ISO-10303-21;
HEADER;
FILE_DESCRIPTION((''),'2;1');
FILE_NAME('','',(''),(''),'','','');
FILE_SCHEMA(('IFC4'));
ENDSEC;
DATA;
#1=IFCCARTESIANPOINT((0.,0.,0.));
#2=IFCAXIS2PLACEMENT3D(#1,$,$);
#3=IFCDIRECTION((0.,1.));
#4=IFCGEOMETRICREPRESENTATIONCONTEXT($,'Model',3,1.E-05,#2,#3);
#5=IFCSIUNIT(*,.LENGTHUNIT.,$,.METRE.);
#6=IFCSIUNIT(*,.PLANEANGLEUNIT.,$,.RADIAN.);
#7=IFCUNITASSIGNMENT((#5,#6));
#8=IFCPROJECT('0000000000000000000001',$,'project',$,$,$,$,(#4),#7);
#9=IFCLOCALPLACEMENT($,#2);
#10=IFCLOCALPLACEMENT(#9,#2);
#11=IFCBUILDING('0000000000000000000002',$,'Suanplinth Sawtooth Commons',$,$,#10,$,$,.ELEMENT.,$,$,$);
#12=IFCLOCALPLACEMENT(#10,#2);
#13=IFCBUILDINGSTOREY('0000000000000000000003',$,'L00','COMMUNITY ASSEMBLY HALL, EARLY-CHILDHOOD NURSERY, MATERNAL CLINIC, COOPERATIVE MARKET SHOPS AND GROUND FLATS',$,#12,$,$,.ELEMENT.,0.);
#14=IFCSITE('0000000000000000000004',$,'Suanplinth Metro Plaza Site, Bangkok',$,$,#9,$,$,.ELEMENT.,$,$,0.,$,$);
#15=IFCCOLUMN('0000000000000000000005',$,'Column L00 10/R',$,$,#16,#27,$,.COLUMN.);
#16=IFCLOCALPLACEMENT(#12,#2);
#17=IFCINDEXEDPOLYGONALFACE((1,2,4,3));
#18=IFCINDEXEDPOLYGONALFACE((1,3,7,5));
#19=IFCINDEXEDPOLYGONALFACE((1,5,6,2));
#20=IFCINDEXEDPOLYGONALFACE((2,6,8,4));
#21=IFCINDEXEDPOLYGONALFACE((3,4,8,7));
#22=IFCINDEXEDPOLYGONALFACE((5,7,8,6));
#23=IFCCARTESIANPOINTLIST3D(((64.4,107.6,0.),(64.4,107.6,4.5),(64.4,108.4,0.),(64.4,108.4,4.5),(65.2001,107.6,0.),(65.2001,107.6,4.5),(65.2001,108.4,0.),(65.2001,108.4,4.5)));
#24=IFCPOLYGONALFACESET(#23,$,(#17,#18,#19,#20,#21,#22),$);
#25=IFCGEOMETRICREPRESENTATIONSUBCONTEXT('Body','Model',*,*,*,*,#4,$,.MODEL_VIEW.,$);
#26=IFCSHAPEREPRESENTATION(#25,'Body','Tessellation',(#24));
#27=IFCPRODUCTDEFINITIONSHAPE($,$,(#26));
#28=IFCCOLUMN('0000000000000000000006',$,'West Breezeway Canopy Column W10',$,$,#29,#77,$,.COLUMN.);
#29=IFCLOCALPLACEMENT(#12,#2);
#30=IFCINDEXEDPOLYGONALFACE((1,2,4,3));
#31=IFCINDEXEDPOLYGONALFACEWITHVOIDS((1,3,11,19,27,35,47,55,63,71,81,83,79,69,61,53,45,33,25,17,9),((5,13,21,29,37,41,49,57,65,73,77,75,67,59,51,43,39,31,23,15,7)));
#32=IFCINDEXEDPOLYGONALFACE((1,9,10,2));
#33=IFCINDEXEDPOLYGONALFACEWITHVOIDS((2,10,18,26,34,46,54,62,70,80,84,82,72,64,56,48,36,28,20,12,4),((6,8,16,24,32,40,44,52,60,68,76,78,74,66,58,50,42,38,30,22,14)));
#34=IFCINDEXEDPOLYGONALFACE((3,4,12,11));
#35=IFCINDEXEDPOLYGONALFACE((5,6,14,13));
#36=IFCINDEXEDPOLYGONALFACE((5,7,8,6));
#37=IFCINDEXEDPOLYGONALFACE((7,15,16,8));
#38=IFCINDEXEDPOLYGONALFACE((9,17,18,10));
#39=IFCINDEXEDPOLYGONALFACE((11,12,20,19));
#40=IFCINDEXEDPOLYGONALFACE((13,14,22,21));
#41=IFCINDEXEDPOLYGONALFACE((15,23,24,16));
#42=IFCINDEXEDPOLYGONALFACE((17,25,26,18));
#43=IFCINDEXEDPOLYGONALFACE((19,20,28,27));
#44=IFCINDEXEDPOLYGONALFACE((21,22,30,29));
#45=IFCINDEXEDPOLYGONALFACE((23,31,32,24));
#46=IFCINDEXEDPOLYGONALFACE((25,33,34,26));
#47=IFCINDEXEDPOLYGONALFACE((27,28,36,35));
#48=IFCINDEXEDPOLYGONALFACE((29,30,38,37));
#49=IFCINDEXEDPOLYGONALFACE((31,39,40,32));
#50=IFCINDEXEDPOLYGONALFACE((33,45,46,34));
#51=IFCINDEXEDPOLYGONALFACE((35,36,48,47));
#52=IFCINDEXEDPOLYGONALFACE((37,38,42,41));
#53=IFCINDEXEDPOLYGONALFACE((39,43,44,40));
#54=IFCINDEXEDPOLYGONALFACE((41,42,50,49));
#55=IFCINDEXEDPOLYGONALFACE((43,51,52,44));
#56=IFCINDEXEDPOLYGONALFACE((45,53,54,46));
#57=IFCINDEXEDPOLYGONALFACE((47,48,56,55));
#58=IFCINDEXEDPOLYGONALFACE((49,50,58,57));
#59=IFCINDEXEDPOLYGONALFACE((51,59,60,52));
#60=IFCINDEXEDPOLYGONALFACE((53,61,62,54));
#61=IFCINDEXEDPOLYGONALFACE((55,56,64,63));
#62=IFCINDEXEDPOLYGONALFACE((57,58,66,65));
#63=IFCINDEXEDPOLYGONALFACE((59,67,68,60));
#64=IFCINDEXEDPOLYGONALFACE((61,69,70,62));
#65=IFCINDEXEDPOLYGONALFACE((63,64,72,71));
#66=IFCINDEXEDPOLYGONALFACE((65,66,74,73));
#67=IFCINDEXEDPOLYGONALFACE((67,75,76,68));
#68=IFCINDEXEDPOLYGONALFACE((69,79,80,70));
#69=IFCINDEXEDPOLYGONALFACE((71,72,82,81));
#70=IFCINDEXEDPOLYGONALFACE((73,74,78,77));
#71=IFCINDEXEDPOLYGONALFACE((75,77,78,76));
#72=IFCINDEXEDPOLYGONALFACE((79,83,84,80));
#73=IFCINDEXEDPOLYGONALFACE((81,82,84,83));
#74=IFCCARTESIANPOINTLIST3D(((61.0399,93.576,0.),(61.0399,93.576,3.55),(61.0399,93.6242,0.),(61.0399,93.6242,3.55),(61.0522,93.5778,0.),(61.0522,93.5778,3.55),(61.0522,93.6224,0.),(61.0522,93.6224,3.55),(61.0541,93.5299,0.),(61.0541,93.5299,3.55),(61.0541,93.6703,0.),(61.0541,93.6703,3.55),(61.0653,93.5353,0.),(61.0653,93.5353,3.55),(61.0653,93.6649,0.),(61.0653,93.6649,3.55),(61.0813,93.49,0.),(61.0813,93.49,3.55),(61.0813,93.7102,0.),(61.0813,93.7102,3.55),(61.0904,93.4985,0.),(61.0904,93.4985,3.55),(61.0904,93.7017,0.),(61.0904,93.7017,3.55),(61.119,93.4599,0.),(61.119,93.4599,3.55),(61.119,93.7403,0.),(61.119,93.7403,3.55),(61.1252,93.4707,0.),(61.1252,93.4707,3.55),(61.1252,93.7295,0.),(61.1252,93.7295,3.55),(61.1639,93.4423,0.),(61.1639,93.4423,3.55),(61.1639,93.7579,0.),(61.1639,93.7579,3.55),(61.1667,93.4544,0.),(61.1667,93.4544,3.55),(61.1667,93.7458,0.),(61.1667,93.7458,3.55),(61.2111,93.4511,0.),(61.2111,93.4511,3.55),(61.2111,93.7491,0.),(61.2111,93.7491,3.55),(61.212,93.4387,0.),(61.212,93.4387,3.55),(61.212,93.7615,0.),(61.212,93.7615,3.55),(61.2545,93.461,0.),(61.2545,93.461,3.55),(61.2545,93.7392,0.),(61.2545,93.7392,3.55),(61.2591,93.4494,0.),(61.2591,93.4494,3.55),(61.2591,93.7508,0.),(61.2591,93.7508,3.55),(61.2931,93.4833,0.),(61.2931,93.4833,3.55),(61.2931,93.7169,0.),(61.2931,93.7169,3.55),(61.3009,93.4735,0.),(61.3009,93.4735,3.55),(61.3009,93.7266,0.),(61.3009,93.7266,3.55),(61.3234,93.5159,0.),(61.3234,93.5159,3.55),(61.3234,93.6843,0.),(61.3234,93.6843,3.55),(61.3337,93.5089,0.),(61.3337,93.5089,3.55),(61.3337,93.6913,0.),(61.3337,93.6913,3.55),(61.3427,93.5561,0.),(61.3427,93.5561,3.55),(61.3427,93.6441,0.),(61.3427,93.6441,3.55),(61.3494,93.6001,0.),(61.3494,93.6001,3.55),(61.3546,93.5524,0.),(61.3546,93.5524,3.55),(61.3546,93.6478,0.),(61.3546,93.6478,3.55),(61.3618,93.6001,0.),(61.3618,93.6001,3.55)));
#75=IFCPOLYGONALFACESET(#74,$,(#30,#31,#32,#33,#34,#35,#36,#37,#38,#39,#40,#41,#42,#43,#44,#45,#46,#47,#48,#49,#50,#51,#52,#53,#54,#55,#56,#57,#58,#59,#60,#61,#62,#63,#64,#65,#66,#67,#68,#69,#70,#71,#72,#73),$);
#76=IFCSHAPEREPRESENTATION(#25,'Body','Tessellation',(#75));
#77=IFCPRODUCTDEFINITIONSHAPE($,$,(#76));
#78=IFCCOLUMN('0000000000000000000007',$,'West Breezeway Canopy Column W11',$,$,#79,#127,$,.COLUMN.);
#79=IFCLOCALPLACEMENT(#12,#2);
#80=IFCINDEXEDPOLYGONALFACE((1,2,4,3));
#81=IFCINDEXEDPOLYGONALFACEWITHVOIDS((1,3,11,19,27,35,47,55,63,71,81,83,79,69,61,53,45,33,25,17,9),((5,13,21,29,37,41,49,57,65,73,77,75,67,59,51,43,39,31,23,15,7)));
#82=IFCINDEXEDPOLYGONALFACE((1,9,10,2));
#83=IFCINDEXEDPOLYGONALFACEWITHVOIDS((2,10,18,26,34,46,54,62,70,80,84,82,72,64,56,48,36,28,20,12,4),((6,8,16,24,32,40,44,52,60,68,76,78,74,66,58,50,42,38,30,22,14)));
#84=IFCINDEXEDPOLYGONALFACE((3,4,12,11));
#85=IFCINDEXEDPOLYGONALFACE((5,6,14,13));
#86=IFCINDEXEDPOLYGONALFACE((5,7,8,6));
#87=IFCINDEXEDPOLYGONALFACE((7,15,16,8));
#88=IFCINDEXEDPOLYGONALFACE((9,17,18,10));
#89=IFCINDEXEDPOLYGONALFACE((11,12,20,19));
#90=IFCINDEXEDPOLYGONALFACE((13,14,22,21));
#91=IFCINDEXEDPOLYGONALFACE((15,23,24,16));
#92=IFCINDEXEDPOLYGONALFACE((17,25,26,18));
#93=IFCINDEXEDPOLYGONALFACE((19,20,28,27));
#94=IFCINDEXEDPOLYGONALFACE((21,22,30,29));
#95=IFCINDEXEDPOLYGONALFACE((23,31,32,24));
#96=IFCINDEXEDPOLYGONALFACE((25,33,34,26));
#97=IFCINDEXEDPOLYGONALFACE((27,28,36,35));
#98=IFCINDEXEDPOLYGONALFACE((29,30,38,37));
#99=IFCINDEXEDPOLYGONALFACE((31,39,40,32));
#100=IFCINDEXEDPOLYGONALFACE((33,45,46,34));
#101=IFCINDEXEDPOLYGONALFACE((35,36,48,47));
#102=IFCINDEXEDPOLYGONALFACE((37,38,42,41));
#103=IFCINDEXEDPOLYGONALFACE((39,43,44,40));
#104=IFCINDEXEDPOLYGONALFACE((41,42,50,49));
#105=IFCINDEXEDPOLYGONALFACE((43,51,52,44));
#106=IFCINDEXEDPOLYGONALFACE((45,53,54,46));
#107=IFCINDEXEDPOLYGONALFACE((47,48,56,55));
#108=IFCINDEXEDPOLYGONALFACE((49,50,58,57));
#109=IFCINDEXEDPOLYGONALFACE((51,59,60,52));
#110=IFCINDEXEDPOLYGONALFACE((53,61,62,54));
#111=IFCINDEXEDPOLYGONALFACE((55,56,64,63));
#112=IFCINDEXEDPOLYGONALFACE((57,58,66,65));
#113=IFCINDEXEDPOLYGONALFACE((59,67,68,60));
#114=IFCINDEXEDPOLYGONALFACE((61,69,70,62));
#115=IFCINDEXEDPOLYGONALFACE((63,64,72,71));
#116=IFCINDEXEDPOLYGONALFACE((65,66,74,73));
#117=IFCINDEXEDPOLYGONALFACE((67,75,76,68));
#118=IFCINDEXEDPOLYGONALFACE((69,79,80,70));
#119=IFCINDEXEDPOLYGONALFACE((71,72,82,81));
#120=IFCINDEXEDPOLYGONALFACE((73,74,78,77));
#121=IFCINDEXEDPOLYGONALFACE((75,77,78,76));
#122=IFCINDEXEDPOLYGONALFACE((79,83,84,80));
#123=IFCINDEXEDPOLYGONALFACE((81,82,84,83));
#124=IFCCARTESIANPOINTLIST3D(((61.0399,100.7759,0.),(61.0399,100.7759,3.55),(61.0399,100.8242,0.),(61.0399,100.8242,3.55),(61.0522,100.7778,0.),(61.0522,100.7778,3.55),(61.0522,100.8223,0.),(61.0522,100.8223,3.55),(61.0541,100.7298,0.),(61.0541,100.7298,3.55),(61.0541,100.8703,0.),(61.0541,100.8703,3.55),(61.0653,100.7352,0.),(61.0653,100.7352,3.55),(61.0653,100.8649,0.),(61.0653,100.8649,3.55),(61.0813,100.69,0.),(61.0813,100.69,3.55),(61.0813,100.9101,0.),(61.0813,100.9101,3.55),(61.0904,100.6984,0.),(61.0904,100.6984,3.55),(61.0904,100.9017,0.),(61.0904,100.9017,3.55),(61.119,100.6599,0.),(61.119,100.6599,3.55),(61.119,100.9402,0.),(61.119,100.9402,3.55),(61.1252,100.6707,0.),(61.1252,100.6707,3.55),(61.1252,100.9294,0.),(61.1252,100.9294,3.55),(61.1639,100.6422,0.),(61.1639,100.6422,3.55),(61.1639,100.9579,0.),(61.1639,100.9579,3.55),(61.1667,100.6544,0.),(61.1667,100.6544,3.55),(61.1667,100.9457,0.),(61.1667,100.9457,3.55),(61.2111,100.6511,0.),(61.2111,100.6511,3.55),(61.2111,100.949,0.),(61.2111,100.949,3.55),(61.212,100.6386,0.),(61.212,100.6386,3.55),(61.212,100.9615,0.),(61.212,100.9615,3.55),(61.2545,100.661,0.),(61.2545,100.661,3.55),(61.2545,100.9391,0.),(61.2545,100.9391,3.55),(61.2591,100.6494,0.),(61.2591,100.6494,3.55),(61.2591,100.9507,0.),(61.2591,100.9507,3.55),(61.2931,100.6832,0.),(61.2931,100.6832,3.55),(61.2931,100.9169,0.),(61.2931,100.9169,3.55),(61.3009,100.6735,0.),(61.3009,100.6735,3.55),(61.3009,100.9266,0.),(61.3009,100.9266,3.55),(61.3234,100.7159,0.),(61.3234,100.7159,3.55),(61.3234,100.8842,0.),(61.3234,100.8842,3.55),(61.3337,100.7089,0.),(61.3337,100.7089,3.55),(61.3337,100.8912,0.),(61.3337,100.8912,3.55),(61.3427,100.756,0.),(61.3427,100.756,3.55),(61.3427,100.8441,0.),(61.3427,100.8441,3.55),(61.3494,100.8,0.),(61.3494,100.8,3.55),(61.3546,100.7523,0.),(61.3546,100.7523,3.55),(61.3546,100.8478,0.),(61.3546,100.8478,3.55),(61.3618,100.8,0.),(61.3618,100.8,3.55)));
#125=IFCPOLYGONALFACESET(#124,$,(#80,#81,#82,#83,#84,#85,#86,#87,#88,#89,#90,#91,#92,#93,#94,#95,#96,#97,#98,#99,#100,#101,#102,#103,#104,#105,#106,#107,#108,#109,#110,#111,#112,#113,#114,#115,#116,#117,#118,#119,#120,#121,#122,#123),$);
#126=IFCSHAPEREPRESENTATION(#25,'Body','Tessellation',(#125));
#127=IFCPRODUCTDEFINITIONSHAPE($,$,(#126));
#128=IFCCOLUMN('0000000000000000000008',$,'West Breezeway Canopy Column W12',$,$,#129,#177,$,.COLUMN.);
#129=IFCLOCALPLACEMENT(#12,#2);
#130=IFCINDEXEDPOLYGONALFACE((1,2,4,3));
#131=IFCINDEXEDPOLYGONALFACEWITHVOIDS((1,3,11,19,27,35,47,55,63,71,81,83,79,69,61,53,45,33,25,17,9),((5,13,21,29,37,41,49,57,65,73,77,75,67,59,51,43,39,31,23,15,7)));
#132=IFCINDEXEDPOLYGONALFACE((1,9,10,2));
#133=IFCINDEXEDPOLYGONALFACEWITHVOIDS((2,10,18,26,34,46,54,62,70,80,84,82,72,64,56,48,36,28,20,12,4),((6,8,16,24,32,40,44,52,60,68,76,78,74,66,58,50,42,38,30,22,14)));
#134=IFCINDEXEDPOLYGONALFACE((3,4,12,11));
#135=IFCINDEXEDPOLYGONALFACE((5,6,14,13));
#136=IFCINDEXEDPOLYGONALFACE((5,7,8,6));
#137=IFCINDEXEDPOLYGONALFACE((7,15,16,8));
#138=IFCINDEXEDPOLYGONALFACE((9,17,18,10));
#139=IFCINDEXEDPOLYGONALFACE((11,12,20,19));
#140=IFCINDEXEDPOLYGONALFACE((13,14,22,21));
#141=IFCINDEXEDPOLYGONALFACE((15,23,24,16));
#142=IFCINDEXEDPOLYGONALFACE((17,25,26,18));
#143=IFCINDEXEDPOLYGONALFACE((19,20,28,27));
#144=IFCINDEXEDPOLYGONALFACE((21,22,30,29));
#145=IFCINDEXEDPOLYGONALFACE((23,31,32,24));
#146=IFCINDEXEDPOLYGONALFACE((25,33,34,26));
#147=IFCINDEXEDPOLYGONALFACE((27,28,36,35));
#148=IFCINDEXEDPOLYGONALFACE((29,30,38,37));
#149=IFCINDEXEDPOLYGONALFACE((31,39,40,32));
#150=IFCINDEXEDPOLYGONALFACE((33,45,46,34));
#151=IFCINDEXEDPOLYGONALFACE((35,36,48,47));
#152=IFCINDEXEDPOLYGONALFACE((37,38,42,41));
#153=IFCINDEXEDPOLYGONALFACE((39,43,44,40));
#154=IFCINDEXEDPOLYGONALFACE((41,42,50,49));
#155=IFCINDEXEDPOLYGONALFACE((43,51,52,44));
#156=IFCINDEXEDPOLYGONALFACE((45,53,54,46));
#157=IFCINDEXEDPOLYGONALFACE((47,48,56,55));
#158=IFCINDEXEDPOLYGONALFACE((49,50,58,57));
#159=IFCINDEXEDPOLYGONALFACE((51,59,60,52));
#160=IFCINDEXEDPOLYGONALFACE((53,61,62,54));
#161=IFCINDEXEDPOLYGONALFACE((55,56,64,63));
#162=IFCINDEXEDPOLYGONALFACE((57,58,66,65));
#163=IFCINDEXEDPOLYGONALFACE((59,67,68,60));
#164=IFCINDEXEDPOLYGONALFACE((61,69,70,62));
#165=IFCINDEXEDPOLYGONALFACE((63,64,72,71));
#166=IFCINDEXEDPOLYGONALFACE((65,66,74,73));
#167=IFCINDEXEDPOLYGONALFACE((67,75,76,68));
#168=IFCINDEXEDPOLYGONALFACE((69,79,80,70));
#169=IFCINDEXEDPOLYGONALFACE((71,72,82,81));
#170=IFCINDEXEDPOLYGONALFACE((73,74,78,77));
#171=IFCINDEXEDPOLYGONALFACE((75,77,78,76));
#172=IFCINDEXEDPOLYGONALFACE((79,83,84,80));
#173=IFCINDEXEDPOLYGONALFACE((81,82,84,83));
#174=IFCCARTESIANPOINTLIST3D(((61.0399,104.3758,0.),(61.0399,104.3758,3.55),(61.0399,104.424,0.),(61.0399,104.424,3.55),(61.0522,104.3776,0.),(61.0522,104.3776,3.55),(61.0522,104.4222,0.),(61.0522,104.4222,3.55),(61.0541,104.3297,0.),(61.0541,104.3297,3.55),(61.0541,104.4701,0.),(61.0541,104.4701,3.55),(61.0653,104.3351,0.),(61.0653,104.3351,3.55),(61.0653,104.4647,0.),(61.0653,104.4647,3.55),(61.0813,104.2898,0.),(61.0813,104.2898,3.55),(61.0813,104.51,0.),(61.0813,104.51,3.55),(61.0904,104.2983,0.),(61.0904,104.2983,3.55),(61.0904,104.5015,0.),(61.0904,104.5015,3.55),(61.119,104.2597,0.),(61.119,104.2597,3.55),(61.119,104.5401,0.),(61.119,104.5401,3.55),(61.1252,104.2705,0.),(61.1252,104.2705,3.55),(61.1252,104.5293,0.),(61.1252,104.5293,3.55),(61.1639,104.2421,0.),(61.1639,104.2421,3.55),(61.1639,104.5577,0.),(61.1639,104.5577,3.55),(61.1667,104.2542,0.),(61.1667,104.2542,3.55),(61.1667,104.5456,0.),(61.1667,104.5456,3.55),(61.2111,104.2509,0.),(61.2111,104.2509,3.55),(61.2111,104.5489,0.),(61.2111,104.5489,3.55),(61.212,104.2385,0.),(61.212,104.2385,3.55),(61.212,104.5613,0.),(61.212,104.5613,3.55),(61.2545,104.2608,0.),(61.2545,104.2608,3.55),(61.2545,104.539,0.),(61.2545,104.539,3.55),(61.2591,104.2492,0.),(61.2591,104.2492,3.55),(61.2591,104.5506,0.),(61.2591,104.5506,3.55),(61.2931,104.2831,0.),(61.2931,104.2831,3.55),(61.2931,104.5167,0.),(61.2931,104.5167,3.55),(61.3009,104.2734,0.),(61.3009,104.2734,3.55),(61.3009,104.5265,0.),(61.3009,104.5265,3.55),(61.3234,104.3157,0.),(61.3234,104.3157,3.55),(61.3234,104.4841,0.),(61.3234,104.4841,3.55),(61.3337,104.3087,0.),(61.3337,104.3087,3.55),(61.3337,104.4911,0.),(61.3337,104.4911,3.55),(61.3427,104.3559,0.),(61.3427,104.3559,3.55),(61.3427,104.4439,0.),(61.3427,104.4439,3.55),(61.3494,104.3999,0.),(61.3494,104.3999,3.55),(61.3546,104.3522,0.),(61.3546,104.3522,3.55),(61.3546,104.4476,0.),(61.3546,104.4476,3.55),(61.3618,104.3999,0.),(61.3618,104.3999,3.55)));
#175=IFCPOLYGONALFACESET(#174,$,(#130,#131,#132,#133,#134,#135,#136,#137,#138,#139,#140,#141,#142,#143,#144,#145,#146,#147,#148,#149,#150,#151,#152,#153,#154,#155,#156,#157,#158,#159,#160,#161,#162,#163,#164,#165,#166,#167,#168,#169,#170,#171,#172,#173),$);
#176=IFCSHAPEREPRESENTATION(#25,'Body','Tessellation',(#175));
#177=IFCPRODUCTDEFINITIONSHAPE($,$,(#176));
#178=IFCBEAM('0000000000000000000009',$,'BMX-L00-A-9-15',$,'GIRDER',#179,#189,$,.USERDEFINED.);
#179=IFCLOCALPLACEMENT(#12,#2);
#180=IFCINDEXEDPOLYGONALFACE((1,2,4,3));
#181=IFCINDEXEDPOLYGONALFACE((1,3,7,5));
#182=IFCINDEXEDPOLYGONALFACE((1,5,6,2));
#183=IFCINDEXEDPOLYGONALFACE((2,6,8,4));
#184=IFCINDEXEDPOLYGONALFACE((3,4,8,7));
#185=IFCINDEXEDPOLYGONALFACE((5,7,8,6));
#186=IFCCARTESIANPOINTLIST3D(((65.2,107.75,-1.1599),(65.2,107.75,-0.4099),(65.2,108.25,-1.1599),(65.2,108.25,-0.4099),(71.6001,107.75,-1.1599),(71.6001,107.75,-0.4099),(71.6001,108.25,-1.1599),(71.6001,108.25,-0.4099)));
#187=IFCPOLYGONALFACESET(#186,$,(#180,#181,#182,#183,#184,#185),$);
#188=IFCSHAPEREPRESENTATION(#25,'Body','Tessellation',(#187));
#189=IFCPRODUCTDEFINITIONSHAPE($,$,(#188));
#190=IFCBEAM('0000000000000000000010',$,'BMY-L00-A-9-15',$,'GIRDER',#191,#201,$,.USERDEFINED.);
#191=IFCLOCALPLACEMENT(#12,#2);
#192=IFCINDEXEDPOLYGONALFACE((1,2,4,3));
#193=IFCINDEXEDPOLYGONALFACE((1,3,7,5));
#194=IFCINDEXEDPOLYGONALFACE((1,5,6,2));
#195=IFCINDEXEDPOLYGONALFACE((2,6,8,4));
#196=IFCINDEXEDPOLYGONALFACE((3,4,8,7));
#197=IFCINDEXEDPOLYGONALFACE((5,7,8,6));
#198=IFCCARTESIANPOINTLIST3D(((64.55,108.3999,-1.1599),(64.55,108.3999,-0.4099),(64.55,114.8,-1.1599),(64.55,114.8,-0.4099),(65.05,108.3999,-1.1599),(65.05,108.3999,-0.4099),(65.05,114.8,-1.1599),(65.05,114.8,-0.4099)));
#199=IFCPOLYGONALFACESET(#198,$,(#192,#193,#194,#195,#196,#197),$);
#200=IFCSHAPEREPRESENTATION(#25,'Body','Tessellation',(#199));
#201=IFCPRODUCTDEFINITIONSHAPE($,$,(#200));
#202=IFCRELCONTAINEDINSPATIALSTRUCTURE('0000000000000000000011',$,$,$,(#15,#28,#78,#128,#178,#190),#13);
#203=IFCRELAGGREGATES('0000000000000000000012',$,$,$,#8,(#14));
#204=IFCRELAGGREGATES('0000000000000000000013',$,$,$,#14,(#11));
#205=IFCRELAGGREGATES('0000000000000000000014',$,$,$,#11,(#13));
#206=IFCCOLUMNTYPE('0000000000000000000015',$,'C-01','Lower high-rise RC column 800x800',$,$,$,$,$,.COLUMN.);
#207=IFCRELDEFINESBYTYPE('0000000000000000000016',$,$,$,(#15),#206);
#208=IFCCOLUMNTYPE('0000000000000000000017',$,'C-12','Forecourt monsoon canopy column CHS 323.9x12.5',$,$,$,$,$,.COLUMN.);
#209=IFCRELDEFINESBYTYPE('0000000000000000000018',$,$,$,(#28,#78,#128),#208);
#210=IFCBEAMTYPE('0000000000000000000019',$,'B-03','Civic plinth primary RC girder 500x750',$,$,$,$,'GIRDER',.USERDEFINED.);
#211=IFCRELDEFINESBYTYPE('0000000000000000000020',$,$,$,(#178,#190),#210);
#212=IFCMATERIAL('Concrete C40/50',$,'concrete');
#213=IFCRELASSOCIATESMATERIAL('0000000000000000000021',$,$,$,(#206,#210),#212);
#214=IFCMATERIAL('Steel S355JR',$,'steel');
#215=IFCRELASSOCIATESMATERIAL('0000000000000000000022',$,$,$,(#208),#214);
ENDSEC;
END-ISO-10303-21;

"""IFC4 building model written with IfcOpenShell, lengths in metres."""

from ifc_helpers import new_model, si_unit, direction, frame, origin, origin_2d, place, context, subcontext, project, spatial, rectangle, hollow_circle, extrude, material, material_profile, profile_set, type_object, element, save


model = new_model("IFC4")

# Units and contexts
model_context = context("Model", 3, precision=1e-05, world=origin(), true_north=direction((0.0, 1.0)))
body_context = subcontext(model_context, "Body", "Model", "MODEL_VIEW")
ifc_project = project(units=[si_unit("LENGTHUNIT", "METRE"), si_unit("PLANEANGLEUNIT", "RADIAN")], contexts=[model_context])

# Site, building, storey
site_placement = place(None, origin())
site = spatial("IfcSite", under=ifc_project, at=site_placement, Name="Suanplinth Metro Plaza Site, Bangkok", CompositionType="ELEMENT", RefElevation=0.0)
building_placement = place(site_placement, origin())
building = spatial("IfcBuilding", under=site, at=building_placement, Name="Suanplinth Sawtooth Commons", CompositionType="ELEMENT")
storey_placement = place(building_placement, origin())
storey = spatial("IfcBuildingStorey", under=building, at=storey_placement, Name="L00", Description="COMMUNITY ASSEMBLY HALL, EARLY-CHILDHOOD NURSERY, MATERNAL CLINIC, COOPERATIVE MARKET SHOPS AND GROUND FLATS", CompositionType="ELEMENT", Elevation=0.0)

# Columns
ifc_material_1 = material(Name="Concrete C40/50", Category="concrete")
ifc_material_profile_1 = material_profile(ifc_material_1, rectangle(XDim=0.8, YDim=0.8, at=origin_2d()), Name="RC-COL 800x800")
ifc_profile_set_1 = profile_set([ifc_material_profile_1], Name="Concrete C40/50")
column_type_1 = type_object("IfcColumnType", Name="C-01", Description="Lower high-rise RC column 800x800", PredefinedType="COLUMN", material=ifc_profile_set_1)
column_placement = place(storey_placement, frame((64.8, 108.0, 0.0), z_axis=(0.0, 0.0, 1.0), x_axis=(1.0, 0.0, 0.0)))
element("IfcColumn", 1, at=column_placement, inside=storey, type_object=column_type_1, Name="Column L00 10/R", PredefinedType="COLUMN", context=body_context, shape_type="SweptSolid", body=[
    extrude(rectangle(XDim=0.8, YDim=0.8, at=origin_2d()), origin(), (0.0, 0.0, 1.0), 4.5),
])
ifc_material_2 = material(Name="Steel S355JR", Category="steel")
ifc_material_profile_2 = material_profile(ifc_material_2, hollow_circle(Radius=0.1619, WallThickness=0.0125, at=origin_2d()), Name="CHS 323.9x12.5")
ifc_profile_set_2 = profile_set([ifc_material_profile_2], Name="Steel S355JR")
column_type_2 = type_object("IfcColumnType", Name="C-12", Description="Forecourt monsoon canopy column CHS 323.9x12.5", PredefinedType="COLUMN", material=ifc_profile_set_2)
for number, where, z_axis, x_axis, name in (
    (2, (61.2, 93.6001, 0.0), (0.0, 0.0, 1.0), (1.0, 0.0, 0.0), "West Breezeway Canopy Column W10"),
    (3, (61.2, 100.8, 0.0), (0.0, 0.0, 1.0), (1.0, 0.0, 0.0), "West Breezeway Canopy Column W11"),
    (4, (61.2, 104.3999, 0.0), (0.0, 0.0, 1.0), (1.0, 0.0, 0.0), "West Breezeway Canopy Column W12"),
):
    element("IfcColumn", number, at=place(storey_placement, frame(where, z_axis=z_axis, x_axis=x_axis)), inside=storey, type_object=column_type_2, Name=name, PredefinedType="COLUMN", context=body_context, shape_type="SweptSolid", body=[
        extrude(hollow_circle(Radius=0.1619, WallThickness=0.0125, at=origin_2d()), origin(), (0.0, 0.0, 1.0), 3.55),
    ])

# Beams
ifc_material_profile_3 = material_profile(ifc_material_1, rectangle(XDim=0.5, YDim=0.75, at=origin_2d()), Name="RC-GDR 500x750")
ifc_profile_set_3 = profile_set([ifc_material_profile_3], Name="Concrete C40/50")
beam_type_1 = type_object("IfcBeamType", Name="B-03", Description="Civic plinth primary RC girder 500x750", ElementType="GIRDER", PredefinedType="USERDEFINED", material=ifc_profile_set_3)
for number, where, z_axis, x_axis, name in (
    (5, (65.2, 108.0, -0.7849), (1.0, 0.0, 0.0), (0.0, 1.0, 0.0), "BMX-L00-A-9-15"),
    (6, (64.8, 108.3999, -0.7849), (0.0, 1.0, 0.0), (-1.0, 0.0, 0.0), "BMY-L00-A-9-15"),
):
    element("IfcBeam", number, at=place(storey_placement, frame(where, z_axis=z_axis, x_axis=x_axis)), inside=storey, type_object=beam_type_1, Name=name, ObjectType="GIRDER", PredefinedType="USERDEFINED", context=body_context, shape_type="SweptSolid", body=[
        extrude(rectangle(XDim=0.5, YDim=0.75, at=origin_2d()), origin(), (0.0, 0.0, 1.0), 6.4001),
    ])

save(model, "model.ifc")
